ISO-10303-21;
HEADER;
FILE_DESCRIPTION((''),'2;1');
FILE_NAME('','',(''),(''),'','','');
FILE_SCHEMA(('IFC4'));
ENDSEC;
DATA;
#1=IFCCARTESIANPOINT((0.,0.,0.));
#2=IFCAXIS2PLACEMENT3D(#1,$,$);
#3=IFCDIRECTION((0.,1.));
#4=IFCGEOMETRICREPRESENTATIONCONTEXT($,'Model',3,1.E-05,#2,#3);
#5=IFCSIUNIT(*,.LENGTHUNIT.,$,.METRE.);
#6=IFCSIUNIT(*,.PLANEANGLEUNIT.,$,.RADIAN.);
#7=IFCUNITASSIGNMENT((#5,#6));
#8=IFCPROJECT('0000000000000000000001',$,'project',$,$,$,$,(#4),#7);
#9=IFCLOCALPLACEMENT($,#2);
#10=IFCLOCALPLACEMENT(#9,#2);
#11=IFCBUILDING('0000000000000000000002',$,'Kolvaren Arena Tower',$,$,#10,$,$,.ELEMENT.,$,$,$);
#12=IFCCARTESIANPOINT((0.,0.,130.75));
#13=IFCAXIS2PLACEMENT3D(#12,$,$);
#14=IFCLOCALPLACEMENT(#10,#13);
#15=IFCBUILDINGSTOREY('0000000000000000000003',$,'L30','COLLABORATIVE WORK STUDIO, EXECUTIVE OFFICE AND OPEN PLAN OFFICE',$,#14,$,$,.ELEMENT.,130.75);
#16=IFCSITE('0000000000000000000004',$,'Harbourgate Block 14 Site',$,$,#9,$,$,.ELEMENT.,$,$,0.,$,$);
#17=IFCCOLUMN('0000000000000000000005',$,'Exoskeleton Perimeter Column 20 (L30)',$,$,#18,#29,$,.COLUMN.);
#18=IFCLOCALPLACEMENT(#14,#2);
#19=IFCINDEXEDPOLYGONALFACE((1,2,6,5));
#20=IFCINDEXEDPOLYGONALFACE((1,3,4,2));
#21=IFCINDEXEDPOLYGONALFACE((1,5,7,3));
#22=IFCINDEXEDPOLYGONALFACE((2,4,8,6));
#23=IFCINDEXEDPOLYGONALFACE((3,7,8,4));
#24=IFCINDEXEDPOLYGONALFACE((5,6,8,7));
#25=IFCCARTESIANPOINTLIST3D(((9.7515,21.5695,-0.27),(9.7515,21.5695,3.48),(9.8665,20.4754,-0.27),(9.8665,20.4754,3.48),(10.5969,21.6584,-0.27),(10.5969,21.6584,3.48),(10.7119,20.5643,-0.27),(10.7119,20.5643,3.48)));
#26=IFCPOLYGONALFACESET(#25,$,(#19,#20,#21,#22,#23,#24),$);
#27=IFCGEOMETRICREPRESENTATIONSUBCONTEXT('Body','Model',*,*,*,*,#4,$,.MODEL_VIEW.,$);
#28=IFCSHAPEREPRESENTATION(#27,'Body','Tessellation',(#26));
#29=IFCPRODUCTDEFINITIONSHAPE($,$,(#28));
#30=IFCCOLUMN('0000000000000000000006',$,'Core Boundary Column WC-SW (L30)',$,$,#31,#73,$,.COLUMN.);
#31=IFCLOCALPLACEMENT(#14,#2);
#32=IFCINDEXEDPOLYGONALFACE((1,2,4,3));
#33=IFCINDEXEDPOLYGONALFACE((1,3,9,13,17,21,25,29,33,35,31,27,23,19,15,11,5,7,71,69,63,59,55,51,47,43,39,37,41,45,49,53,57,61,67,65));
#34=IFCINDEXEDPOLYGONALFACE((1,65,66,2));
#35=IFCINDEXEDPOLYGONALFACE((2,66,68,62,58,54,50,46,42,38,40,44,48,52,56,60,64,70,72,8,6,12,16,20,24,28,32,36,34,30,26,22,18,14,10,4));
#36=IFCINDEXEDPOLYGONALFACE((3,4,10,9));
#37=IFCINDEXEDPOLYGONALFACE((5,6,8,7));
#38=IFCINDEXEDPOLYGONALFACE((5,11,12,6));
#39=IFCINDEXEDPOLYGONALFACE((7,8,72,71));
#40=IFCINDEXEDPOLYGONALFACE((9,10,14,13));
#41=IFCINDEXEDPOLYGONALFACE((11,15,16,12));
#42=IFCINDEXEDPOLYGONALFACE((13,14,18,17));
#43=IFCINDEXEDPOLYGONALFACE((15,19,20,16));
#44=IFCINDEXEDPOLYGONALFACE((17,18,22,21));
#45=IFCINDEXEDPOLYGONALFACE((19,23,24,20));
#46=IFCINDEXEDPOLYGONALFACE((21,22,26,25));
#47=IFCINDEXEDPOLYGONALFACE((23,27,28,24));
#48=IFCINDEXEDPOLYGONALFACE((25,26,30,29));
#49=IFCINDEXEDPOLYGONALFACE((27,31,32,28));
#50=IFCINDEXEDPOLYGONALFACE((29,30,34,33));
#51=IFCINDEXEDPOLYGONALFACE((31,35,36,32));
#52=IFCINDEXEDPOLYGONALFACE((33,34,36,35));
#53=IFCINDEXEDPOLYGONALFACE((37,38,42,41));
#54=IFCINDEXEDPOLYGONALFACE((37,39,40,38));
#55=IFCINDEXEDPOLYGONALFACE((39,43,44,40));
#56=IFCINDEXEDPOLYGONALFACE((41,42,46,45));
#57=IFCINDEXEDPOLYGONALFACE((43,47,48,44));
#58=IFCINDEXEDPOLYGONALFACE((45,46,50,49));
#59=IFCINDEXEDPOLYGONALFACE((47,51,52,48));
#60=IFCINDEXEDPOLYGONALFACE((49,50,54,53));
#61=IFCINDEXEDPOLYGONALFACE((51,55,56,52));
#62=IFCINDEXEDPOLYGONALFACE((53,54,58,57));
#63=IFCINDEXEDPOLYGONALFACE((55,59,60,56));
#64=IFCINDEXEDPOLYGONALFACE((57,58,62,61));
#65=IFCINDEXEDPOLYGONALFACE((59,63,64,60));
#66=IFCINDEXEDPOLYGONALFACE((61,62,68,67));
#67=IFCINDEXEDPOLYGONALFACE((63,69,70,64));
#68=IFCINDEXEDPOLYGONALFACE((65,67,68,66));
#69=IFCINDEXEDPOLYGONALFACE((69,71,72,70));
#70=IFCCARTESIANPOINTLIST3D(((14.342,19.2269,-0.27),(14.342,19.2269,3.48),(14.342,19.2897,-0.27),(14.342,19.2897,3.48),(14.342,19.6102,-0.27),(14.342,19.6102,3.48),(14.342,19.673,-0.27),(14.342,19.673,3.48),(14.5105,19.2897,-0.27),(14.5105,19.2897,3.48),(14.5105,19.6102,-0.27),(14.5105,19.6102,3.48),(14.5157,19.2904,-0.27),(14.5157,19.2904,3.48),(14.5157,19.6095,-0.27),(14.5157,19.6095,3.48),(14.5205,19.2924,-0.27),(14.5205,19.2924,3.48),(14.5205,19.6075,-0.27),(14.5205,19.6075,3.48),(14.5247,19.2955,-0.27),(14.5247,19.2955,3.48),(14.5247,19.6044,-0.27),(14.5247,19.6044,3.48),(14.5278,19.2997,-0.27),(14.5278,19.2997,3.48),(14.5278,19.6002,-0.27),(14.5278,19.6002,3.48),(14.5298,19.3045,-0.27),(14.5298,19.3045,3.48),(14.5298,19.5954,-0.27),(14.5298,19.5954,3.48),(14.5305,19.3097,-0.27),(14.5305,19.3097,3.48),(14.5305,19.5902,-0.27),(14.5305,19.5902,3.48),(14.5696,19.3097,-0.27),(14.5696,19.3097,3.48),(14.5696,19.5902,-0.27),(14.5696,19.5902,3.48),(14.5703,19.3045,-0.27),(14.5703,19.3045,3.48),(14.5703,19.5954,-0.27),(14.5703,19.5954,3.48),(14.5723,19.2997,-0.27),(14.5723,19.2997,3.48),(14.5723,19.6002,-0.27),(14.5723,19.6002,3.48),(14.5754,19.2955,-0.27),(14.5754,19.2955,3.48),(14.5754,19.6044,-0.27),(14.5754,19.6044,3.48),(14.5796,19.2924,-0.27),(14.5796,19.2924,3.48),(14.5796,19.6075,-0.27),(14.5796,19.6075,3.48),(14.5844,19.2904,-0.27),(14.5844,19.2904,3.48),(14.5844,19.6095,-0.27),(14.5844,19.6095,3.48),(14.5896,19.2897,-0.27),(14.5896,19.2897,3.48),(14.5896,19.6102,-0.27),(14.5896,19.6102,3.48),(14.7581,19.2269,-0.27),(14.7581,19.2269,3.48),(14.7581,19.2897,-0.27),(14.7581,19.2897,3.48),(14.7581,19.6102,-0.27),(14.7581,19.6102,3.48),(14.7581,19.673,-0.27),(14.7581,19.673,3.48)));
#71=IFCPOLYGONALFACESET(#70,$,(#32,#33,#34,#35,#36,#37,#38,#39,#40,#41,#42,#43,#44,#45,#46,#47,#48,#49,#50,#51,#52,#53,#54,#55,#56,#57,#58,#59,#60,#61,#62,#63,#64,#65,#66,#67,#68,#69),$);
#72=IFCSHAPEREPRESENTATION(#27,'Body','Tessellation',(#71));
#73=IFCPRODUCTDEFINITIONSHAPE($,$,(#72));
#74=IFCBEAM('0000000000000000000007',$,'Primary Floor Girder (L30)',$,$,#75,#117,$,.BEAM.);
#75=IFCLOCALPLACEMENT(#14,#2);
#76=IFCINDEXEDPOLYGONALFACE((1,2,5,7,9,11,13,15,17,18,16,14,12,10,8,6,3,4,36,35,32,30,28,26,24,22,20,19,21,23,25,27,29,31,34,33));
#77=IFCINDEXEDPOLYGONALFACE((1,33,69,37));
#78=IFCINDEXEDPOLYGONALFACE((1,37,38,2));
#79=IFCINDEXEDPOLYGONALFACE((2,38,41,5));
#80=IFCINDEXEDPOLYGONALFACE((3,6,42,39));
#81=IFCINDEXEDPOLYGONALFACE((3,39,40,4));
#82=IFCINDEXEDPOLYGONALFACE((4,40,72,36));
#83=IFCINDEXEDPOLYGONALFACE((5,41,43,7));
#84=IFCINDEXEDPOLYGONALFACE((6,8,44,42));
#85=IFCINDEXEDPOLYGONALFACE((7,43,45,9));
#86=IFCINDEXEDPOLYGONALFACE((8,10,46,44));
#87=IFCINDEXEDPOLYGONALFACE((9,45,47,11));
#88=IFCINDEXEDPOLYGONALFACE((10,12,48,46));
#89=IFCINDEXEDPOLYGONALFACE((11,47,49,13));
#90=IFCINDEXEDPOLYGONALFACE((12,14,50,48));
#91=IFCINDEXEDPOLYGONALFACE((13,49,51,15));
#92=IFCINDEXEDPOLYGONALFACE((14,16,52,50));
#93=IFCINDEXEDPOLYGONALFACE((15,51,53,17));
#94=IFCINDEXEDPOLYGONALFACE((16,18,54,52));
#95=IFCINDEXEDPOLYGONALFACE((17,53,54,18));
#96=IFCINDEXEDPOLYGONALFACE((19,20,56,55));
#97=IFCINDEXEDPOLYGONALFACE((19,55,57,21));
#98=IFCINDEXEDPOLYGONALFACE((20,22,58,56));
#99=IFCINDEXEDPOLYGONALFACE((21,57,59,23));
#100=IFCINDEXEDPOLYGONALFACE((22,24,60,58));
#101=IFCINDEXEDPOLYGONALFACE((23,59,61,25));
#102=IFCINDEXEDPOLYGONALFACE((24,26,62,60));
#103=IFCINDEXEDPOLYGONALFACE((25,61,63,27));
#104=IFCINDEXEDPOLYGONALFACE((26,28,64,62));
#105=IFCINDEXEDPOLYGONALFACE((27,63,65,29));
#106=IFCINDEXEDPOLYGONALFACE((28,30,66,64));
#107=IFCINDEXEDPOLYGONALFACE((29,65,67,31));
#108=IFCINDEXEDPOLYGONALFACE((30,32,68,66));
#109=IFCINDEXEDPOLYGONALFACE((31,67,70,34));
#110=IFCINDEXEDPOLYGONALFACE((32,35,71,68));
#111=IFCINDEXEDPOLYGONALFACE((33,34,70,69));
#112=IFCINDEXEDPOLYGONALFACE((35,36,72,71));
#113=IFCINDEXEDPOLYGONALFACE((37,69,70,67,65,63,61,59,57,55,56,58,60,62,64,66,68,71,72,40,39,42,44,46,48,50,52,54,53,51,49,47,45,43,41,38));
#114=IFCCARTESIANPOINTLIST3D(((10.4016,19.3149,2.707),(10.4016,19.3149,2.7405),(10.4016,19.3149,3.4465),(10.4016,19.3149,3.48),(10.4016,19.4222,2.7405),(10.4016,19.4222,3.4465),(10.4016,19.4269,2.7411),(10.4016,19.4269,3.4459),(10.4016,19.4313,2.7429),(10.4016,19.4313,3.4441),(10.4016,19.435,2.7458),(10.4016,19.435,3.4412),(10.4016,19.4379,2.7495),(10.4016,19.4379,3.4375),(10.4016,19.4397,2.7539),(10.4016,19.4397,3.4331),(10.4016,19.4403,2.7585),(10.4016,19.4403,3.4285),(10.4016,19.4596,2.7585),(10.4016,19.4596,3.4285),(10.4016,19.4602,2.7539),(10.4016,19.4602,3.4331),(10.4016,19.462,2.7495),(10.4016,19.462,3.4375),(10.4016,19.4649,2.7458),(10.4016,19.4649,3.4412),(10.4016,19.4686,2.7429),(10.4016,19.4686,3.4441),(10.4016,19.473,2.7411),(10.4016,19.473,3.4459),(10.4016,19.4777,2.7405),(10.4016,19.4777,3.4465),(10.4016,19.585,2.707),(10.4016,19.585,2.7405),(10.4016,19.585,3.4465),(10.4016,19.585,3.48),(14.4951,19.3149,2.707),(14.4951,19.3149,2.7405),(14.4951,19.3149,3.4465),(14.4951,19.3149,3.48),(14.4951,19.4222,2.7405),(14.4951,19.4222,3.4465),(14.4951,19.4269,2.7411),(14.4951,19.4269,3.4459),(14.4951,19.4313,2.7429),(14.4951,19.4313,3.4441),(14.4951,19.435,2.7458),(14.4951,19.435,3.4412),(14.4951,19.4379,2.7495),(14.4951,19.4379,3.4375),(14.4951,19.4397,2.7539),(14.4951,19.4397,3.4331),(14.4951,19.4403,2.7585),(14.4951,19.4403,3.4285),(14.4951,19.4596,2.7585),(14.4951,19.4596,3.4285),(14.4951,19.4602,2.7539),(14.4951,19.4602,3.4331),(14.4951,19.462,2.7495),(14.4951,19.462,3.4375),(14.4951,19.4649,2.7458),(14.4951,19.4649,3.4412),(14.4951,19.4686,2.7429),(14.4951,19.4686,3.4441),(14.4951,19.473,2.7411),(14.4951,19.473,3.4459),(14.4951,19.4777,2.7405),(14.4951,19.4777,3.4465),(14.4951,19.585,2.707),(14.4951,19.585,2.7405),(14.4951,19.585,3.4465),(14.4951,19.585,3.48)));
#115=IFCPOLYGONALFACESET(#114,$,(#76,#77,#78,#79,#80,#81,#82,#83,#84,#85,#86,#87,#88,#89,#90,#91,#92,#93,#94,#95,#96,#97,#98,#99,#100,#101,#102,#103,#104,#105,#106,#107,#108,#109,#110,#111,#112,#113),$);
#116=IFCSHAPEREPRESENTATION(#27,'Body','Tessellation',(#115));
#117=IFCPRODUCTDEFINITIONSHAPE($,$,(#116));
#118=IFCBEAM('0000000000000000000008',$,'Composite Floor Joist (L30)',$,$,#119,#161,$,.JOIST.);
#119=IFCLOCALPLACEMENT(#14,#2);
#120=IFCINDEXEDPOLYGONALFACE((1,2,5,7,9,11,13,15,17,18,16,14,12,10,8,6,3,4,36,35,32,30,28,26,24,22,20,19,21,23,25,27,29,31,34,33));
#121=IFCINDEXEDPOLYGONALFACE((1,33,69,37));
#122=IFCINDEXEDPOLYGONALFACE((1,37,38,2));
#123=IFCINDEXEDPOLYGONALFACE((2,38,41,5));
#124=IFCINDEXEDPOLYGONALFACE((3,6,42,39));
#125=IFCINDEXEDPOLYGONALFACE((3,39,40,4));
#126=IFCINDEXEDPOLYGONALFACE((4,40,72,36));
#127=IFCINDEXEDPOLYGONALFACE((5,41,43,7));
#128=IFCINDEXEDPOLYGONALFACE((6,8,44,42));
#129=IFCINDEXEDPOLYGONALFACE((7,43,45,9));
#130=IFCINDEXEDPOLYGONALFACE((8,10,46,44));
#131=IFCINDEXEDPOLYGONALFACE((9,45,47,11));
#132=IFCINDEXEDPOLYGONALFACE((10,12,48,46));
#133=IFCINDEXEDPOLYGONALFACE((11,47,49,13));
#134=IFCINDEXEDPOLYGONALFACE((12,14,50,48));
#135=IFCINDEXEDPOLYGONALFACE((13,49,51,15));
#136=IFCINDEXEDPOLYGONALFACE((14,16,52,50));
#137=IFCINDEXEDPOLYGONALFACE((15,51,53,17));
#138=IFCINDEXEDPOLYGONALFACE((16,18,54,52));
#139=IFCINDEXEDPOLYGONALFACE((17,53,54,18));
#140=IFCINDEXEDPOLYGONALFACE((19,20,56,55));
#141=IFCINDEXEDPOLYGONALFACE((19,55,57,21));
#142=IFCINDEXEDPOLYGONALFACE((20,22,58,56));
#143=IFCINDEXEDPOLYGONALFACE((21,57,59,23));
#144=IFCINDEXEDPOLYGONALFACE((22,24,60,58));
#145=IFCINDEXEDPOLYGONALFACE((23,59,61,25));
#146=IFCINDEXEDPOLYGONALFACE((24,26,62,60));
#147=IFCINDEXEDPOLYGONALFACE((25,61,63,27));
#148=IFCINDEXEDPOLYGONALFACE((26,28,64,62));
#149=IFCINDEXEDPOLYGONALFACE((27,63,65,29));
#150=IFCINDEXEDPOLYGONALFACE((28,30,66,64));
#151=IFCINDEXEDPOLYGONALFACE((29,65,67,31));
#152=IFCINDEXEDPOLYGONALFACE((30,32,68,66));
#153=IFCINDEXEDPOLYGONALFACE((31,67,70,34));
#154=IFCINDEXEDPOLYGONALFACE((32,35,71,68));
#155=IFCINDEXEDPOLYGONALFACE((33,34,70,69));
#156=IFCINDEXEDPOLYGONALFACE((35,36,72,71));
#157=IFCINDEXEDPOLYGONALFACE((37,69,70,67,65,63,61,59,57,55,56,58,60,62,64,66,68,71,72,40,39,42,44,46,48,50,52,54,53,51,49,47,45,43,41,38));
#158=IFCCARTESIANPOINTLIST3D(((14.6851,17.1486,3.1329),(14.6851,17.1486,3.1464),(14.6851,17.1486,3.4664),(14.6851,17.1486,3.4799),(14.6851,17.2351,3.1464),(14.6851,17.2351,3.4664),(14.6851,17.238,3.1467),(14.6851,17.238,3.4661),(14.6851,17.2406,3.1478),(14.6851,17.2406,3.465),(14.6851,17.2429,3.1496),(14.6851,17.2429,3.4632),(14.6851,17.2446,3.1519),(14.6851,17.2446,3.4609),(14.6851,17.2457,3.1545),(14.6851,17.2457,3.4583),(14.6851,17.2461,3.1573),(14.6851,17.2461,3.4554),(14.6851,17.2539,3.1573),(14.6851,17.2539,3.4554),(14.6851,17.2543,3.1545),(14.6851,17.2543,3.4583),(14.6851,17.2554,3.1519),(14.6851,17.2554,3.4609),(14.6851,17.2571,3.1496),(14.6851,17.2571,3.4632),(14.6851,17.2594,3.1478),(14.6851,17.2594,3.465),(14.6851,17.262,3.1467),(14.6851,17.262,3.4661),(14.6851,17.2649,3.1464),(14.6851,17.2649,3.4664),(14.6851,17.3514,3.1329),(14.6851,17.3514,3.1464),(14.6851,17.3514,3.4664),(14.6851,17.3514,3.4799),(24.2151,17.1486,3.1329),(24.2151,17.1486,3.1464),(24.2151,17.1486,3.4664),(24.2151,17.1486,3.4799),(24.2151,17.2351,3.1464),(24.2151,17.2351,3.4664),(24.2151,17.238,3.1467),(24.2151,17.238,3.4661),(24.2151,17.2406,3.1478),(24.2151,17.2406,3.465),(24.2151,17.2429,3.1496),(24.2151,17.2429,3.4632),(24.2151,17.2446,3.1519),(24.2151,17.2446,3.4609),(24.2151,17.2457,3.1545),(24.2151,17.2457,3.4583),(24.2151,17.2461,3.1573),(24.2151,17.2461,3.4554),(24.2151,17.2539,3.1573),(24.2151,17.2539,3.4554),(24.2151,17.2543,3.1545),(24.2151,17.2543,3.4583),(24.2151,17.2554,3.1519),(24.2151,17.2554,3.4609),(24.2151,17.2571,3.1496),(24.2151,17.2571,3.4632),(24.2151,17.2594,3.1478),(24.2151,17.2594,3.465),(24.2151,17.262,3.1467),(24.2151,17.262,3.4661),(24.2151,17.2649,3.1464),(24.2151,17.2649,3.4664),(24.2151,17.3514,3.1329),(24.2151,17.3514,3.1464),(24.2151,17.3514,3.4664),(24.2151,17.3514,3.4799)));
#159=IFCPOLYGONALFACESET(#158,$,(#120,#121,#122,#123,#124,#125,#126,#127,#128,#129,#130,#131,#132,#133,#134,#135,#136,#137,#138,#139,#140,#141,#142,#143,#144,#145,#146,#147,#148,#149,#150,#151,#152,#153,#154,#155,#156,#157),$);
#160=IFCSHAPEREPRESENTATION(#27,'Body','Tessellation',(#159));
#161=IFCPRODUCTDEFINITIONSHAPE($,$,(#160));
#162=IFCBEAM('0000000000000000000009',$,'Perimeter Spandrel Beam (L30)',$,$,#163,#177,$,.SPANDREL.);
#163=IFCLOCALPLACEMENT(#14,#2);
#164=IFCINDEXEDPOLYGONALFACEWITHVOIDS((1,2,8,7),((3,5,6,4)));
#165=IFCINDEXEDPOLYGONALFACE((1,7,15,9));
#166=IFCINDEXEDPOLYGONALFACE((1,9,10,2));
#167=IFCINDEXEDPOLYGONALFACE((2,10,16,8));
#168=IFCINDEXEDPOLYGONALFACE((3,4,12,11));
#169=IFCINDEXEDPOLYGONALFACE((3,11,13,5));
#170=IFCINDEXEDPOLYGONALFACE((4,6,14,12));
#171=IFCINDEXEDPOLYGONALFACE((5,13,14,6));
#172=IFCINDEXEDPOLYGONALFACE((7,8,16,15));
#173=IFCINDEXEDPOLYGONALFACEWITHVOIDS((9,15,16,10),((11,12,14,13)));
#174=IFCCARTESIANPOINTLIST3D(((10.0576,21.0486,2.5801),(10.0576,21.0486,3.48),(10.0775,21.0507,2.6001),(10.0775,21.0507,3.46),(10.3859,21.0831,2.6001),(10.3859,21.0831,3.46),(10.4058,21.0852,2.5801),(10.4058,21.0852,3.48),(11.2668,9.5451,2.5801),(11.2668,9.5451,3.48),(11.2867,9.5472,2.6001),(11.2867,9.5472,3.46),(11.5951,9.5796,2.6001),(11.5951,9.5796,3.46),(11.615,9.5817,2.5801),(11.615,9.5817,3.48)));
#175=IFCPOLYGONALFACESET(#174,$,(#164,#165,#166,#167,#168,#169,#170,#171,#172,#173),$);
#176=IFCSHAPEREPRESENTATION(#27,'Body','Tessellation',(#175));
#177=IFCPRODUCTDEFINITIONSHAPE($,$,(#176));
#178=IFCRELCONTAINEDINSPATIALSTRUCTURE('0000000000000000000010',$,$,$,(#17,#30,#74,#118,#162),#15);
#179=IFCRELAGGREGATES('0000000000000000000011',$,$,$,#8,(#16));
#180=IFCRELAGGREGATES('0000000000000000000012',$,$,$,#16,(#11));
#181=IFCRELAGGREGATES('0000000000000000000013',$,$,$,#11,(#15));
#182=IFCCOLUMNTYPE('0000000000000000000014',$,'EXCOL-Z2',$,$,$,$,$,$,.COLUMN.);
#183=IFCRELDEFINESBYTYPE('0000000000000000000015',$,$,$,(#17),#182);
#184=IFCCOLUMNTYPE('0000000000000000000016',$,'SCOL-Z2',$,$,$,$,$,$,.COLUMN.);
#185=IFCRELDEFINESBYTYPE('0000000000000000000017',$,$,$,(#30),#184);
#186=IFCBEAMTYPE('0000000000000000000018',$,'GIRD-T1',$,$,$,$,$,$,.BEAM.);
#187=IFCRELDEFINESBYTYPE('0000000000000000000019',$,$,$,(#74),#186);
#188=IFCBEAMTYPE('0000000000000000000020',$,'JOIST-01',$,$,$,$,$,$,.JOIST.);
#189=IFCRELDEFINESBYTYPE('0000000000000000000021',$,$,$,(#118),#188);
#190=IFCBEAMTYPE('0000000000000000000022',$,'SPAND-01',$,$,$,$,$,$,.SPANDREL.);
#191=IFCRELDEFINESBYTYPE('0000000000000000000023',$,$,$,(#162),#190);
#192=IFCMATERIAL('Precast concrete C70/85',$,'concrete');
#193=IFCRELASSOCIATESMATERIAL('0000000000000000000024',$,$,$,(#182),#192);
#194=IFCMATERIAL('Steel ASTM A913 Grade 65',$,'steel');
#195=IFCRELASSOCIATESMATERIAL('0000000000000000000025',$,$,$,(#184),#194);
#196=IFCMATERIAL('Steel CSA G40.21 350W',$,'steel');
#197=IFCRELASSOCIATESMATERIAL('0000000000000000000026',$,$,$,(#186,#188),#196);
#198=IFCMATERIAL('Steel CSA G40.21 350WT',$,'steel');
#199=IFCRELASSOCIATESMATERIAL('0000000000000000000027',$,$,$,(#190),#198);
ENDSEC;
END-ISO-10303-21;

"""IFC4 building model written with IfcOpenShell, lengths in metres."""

from ifc_helpers import new_model, si_unit, direction, frame, origin, origin_2d, place, context, subcontext, project, spatial, rectangle, hollow_rectangle, i_section, extrude, material, material_profile, profile_set, type_object, element, save


model = new_model("IFC4")

# Units and contexts
model_context = context("Model", 3, precision=1e-05, world=origin(), true_north=direction((0.0, 1.0)))
body_context = subcontext(model_context, "Body", "Model", "MODEL_VIEW")
ifc_project = project(units=[si_unit("LENGTHUNIT", "METRE"), si_unit("PLANEANGLEUNIT", "RADIAN")], contexts=[model_context])

# Site, building, storey
site_placement = place(None, origin())
site = spatial("IfcSite", under=ifc_project, at=site_placement, Name="Harbourgate Block 14 Site", CompositionType="ELEMENT", RefElevation=0.0)
building_placement = place(site_placement, origin())
building = spatial("IfcBuilding", under=site, at=building_placement, Name="Kolvaren Arena Tower", CompositionType="ELEMENT")
storey_placement = place(building_placement, frame((0.0, 0.0, 130.75)))
storey = spatial("IfcBuildingStorey", under=building, at=storey_placement, Name="L30", Description="COLLABORATIVE WORK STUDIO, EXECUTIVE OFFICE AND OPEN PLAN OFFICE", CompositionType="ELEMENT", Elevation=130.75)

# Columns
ifc_material_1 = material(Name="Precast concrete C70/85", Category="concrete")
ifc_material_profile_1 = material_profile(ifc_material_1, rectangle(XDim=1.1001, YDim=0.8501, at=origin_2d()), Name="RC-1100x850")
ifc_profile_set_1 = profile_set([ifc_material_profile_1], Name="Precast concrete C70/85")
column_type_1 = type_object("IfcColumnType", Name="EXCOL-Z2", PredefinedType="COLUMN", material=ifc_profile_set_1)
column_1_placement = place(storey_placement, frame((10.2317, 21.0669, -0.27), z_axis=(0.0, 0.0, 1.0), x_axis=(-0.104528, 0.994522, 0.0)))
element("IfcColumn", 1, at=column_1_placement, inside=storey, type_object=column_type_1, Name="Exoskeleton Perimeter Column 20 (L30)", PredefinedType="COLUMN", context=body_context, shape_type="SweptSolid", body=[
    extrude(rectangle(XDim=1.1001, YDim=0.8501, at=origin_2d()), origin(), (0.0, 0.0, 1.0), 3.75),
])
ifc_material_2 = material(Name="Steel ASTM A913 Grade 65", Category="steel")
ifc_material_profile_2 = material_profile(ifc_material_2, i_section(OverallWidth=0.416, OverallDepth=0.446, WebThickness=0.0391, FlangeThickness=0.0627, FilletRadius=0.02, at=origin_2d()), Name="W360x509")
ifc_profile_set_2 = profile_set([ifc_material_profile_2], Name="Steel ASTM A913 Grade 65")
column_type_2 = type_object("IfcColumnType", Name="SCOL-Z2", PredefinedType="COLUMN", material=ifc_profile_set_2)
column_2_placement = place(storey_placement, frame((14.55, 19.45, -0.27), z_axis=(0.0, 0.0, 1.0), x_axis=(1.0, 0.0, 0.0)))
element("IfcColumn", 2, at=column_2_placement, inside=storey, type_object=column_type_2, Name="Core Boundary Column WC-SW (L30)", PredefinedType="COLUMN", context=body_context, shape_type="SweptSolid", body=[
    extrude(i_section(OverallWidth=0.416, OverallDepth=0.446, WebThickness=0.0391, FlangeThickness=0.0627, FilletRadius=0.02, at=origin_2d()), origin(), (0.0, 0.0, 1.0), 3.75),
])

# Beams
ifc_material_3 = material(Name="Steel CSA G40.21 350W", Category="steel")
ifc_material_profile_3 = material_profile(ifc_material_3, i_section(OverallWidth=0.27, OverallDepth=0.7729, WebThickness=0.0193, FlangeThickness=0.0334, FilletRadius=0.0181, at=origin_2d()), Name="W760x257")
ifc_profile_set_3 = profile_set([ifc_material_profile_3], Name="Steel CSA G40.21 350W")
beam_type_1 = type_object("IfcBeamType", Name="GIRD-T1", PredefinedType="BEAM", material=ifc_profile_set_3)
beam_1_placement = place(storey_placement, frame((10.4016, 19.45, 3.0935), z_axis=(1.0, 0.0, 0.0), x_axis=(0.0, 1.0, 0.0)))
element("IfcBeam", 3, at=beam_1_placement, inside=storey, type_object=beam_type_1, Name="Primary Floor Girder (L30)", PredefinedType="BEAM", context=body_context, shape_type="SweptSolid", body=[
    extrude(i_section(OverallWidth=0.27, OverallDepth=0.7729, WebThickness=0.0193, FlangeThickness=0.0334, FilletRadius=0.0181, at=origin_2d()), origin(), (0.0, 0.0, 1.0), 4.0935),
])
ifc_material_profile_4 = material_profile(ifc_material_3, i_section(OverallWidth=0.2029, OverallDepth=0.3469, WebThickness=0.0078, FlangeThickness=0.0134, FilletRadius=0.011, at=origin_2d()), Name="W360x64")
ifc_profile_set_4 = profile_set([ifc_material_profile_4], Name="Steel CSA G40.21 350W")
beam_type_2 = type_object("IfcBeamType", Name="JOIST-01", PredefinedType="JOIST", material=ifc_profile_set_4)
beam_2_placement = place(storey_placement, frame((14.6851, 17.25, 3.3064), z_axis=(1.0, 0.0, 0.0), x_axis=(0.0, 1.0, 0.0)))
element("IfcBeam", 4, at=beam_2_placement, inside=storey, type_object=beam_type_2, Name="Composite Floor Joist (L30)", PredefinedType="JOIST", context=body_context, shape_type="SweptSolid", body=[
    extrude(i_section(OverallWidth=0.2029, OverallDepth=0.3469, WebThickness=0.0078, FlangeThickness=0.0134, FilletRadius=0.011, at=origin_2d()), origin(), (0.0, 0.0, 1.0), 9.53),
])
ifc_material_4 = material(Name="Steel CSA G40.21 350WT", Category="steel")
ifc_material_profile_5 = material_profile(ifc_material_4, hollow_rectangle(XDim=0.3501, YDim=0.8999, WallThickness=0.02, at=origin_2d()), Name="HSS 900x350x20")
ifc_profile_set_5 = profile_set([ifc_material_profile_5], Name="Steel CSA G40.21 350WT")
beam_type_3 = type_object("IfcBeamType", Name="SPAND-01", PredefinedType="SPANDREL", material=ifc_profile_set_5)
beam_3_placement = place(storey_placement, frame((10.2317, 21.0669, 3.03), z_axis=(0.104543, -0.99452, 0.0), x_axis=(0.99452, 0.104543, 0.0)))
element("IfcBeam", 5, at=beam_3_placement, inside=storey, type_object=beam_type_3, Name="Perimeter Spandrel Beam (L30)", PredefinedType="SPANDREL", context=body_context, shape_type="SweptSolid", body=[
    extrude(hollow_rectangle(XDim=0.3501, YDim=0.8999, WallThickness=0.02, at=origin_2d()), origin(), (0.0, 0.0, 1.0), 11.5669),
])

save(model, "model.ifc")
